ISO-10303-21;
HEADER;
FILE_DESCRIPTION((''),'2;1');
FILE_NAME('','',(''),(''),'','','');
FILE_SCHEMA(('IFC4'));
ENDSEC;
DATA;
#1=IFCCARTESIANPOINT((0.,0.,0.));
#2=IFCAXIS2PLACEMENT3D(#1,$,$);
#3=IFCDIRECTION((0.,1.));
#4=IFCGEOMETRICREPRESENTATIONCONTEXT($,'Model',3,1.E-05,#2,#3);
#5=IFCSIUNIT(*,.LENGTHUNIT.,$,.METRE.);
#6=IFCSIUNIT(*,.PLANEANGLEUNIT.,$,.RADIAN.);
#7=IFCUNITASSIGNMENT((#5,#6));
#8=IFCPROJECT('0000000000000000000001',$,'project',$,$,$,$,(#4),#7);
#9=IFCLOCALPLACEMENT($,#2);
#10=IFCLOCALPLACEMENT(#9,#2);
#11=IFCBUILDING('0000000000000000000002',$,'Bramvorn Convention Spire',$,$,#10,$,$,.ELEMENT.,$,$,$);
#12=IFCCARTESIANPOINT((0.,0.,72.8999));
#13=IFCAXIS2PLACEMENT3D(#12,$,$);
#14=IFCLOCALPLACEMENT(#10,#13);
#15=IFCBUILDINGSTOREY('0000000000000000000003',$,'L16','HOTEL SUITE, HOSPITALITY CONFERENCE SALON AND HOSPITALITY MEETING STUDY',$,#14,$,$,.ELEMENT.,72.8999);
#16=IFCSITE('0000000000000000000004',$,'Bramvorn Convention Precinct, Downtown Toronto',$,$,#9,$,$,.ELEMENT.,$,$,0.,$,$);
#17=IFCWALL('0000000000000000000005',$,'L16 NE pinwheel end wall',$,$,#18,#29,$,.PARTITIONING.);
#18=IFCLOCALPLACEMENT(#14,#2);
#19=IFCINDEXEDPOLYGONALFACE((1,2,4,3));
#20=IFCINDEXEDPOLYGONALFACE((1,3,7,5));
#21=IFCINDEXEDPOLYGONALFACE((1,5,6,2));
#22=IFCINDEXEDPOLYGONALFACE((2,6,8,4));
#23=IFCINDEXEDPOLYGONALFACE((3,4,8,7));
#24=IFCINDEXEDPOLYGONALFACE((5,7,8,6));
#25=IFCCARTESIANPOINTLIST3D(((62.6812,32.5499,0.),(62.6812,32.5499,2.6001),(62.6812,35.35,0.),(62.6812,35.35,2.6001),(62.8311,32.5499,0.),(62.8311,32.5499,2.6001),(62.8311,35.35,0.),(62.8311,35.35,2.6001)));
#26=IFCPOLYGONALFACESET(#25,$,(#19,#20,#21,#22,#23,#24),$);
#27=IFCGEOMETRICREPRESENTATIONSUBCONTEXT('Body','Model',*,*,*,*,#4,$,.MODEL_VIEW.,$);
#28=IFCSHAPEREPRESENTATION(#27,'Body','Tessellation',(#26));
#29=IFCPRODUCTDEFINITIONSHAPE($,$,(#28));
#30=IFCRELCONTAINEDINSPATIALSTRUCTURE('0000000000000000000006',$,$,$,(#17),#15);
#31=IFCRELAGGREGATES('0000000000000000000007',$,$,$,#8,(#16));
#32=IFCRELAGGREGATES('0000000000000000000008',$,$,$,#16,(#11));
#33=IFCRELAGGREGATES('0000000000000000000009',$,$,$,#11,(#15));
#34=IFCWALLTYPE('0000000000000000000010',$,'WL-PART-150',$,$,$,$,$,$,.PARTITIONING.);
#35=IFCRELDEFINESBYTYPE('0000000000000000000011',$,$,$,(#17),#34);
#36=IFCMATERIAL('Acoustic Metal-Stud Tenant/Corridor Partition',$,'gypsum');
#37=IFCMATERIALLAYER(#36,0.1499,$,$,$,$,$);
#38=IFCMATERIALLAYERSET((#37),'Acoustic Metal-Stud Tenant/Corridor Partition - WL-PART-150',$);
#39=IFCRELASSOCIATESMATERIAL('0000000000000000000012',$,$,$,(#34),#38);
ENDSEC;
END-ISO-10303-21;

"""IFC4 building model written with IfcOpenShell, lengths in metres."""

from ifc_helpers import new_model, si_unit, direction, frame, frame_2d, origin, place, context, subcontext, project, spatial, rectangle, extrude, material, layer, layer_set, type_object, element, save


model = new_model("IFC4")

# Units and contexts
model_context = context("Model", 3, precision=1e-05, world=origin(), true_north=direction((0.0, 1.0)))
body_context = subcontext(model_context, "Body", "Model", "MODEL_VIEW")
ifc_project = project(units=[si_unit("LENGTHUNIT", "METRE"), si_unit("PLANEANGLEUNIT", "RADIAN")], contexts=[model_context])

# Site, building, storey
site_placement = place(None, origin())
site = spatial("IfcSite", under=ifc_project, at=site_placement, Name="Bramvorn Convention Precinct, Downtown Toronto", CompositionType="ELEMENT", RefElevation=0.0)
building_placement = place(site_placement, origin())
building = spatial("IfcBuilding", under=site, at=building_placement, Name="Bramvorn Convention Spire", CompositionType="ELEMENT")
storey_placement = place(building_placement, frame((0.0, 0.0, 72.8999)))
storey = spatial("IfcBuildingStorey", under=building, at=storey_placement, Name="L16", Description="HOTEL SUITE, HOSPITALITY CONFERENCE SALON AND HOSPITALITY MEETING STUDY", CompositionType="ELEMENT", Elevation=72.8999)

# Wall
ifc_material_1 = material(Name="Acoustic Metal-Stud Tenant/Corridor Partition", Category="gypsum")
ifc_layer_1 = layer(ifc_material_1, 0.1499)
ifc_layer_set_1 = layer_set([ifc_layer_1], Name="Acoustic Metal-Stud Tenant/Corridor Partition - WL-PART-150")
wall_type_1 = type_object("IfcWallType", Name="WL-PART-150", PredefinedType="PARTITIONING", material=ifc_layer_set_1)
wall_1_placement = place(storey_placement, frame((62.7561, 32.55, 0.0), z_axis=(0.0, 0.0, 1.0), x_axis=(0.0, 1.0, 0.0)))
element("IfcWall", 1, at=wall_1_placement, inside=storey, type_object=wall_type_1, Name="L16 NE pinwheel end wall", PredefinedType="PARTITIONING", context=body_context, shape_type="SweptSolid", body=[
    extrude(rectangle(XDim=2.8, YDim=0.1499, at=frame_2d((1.3999, 0.0))), origin(), (0.0, 0.0, 1.0), 2.6001),
])

save(model, "model.ifc")
